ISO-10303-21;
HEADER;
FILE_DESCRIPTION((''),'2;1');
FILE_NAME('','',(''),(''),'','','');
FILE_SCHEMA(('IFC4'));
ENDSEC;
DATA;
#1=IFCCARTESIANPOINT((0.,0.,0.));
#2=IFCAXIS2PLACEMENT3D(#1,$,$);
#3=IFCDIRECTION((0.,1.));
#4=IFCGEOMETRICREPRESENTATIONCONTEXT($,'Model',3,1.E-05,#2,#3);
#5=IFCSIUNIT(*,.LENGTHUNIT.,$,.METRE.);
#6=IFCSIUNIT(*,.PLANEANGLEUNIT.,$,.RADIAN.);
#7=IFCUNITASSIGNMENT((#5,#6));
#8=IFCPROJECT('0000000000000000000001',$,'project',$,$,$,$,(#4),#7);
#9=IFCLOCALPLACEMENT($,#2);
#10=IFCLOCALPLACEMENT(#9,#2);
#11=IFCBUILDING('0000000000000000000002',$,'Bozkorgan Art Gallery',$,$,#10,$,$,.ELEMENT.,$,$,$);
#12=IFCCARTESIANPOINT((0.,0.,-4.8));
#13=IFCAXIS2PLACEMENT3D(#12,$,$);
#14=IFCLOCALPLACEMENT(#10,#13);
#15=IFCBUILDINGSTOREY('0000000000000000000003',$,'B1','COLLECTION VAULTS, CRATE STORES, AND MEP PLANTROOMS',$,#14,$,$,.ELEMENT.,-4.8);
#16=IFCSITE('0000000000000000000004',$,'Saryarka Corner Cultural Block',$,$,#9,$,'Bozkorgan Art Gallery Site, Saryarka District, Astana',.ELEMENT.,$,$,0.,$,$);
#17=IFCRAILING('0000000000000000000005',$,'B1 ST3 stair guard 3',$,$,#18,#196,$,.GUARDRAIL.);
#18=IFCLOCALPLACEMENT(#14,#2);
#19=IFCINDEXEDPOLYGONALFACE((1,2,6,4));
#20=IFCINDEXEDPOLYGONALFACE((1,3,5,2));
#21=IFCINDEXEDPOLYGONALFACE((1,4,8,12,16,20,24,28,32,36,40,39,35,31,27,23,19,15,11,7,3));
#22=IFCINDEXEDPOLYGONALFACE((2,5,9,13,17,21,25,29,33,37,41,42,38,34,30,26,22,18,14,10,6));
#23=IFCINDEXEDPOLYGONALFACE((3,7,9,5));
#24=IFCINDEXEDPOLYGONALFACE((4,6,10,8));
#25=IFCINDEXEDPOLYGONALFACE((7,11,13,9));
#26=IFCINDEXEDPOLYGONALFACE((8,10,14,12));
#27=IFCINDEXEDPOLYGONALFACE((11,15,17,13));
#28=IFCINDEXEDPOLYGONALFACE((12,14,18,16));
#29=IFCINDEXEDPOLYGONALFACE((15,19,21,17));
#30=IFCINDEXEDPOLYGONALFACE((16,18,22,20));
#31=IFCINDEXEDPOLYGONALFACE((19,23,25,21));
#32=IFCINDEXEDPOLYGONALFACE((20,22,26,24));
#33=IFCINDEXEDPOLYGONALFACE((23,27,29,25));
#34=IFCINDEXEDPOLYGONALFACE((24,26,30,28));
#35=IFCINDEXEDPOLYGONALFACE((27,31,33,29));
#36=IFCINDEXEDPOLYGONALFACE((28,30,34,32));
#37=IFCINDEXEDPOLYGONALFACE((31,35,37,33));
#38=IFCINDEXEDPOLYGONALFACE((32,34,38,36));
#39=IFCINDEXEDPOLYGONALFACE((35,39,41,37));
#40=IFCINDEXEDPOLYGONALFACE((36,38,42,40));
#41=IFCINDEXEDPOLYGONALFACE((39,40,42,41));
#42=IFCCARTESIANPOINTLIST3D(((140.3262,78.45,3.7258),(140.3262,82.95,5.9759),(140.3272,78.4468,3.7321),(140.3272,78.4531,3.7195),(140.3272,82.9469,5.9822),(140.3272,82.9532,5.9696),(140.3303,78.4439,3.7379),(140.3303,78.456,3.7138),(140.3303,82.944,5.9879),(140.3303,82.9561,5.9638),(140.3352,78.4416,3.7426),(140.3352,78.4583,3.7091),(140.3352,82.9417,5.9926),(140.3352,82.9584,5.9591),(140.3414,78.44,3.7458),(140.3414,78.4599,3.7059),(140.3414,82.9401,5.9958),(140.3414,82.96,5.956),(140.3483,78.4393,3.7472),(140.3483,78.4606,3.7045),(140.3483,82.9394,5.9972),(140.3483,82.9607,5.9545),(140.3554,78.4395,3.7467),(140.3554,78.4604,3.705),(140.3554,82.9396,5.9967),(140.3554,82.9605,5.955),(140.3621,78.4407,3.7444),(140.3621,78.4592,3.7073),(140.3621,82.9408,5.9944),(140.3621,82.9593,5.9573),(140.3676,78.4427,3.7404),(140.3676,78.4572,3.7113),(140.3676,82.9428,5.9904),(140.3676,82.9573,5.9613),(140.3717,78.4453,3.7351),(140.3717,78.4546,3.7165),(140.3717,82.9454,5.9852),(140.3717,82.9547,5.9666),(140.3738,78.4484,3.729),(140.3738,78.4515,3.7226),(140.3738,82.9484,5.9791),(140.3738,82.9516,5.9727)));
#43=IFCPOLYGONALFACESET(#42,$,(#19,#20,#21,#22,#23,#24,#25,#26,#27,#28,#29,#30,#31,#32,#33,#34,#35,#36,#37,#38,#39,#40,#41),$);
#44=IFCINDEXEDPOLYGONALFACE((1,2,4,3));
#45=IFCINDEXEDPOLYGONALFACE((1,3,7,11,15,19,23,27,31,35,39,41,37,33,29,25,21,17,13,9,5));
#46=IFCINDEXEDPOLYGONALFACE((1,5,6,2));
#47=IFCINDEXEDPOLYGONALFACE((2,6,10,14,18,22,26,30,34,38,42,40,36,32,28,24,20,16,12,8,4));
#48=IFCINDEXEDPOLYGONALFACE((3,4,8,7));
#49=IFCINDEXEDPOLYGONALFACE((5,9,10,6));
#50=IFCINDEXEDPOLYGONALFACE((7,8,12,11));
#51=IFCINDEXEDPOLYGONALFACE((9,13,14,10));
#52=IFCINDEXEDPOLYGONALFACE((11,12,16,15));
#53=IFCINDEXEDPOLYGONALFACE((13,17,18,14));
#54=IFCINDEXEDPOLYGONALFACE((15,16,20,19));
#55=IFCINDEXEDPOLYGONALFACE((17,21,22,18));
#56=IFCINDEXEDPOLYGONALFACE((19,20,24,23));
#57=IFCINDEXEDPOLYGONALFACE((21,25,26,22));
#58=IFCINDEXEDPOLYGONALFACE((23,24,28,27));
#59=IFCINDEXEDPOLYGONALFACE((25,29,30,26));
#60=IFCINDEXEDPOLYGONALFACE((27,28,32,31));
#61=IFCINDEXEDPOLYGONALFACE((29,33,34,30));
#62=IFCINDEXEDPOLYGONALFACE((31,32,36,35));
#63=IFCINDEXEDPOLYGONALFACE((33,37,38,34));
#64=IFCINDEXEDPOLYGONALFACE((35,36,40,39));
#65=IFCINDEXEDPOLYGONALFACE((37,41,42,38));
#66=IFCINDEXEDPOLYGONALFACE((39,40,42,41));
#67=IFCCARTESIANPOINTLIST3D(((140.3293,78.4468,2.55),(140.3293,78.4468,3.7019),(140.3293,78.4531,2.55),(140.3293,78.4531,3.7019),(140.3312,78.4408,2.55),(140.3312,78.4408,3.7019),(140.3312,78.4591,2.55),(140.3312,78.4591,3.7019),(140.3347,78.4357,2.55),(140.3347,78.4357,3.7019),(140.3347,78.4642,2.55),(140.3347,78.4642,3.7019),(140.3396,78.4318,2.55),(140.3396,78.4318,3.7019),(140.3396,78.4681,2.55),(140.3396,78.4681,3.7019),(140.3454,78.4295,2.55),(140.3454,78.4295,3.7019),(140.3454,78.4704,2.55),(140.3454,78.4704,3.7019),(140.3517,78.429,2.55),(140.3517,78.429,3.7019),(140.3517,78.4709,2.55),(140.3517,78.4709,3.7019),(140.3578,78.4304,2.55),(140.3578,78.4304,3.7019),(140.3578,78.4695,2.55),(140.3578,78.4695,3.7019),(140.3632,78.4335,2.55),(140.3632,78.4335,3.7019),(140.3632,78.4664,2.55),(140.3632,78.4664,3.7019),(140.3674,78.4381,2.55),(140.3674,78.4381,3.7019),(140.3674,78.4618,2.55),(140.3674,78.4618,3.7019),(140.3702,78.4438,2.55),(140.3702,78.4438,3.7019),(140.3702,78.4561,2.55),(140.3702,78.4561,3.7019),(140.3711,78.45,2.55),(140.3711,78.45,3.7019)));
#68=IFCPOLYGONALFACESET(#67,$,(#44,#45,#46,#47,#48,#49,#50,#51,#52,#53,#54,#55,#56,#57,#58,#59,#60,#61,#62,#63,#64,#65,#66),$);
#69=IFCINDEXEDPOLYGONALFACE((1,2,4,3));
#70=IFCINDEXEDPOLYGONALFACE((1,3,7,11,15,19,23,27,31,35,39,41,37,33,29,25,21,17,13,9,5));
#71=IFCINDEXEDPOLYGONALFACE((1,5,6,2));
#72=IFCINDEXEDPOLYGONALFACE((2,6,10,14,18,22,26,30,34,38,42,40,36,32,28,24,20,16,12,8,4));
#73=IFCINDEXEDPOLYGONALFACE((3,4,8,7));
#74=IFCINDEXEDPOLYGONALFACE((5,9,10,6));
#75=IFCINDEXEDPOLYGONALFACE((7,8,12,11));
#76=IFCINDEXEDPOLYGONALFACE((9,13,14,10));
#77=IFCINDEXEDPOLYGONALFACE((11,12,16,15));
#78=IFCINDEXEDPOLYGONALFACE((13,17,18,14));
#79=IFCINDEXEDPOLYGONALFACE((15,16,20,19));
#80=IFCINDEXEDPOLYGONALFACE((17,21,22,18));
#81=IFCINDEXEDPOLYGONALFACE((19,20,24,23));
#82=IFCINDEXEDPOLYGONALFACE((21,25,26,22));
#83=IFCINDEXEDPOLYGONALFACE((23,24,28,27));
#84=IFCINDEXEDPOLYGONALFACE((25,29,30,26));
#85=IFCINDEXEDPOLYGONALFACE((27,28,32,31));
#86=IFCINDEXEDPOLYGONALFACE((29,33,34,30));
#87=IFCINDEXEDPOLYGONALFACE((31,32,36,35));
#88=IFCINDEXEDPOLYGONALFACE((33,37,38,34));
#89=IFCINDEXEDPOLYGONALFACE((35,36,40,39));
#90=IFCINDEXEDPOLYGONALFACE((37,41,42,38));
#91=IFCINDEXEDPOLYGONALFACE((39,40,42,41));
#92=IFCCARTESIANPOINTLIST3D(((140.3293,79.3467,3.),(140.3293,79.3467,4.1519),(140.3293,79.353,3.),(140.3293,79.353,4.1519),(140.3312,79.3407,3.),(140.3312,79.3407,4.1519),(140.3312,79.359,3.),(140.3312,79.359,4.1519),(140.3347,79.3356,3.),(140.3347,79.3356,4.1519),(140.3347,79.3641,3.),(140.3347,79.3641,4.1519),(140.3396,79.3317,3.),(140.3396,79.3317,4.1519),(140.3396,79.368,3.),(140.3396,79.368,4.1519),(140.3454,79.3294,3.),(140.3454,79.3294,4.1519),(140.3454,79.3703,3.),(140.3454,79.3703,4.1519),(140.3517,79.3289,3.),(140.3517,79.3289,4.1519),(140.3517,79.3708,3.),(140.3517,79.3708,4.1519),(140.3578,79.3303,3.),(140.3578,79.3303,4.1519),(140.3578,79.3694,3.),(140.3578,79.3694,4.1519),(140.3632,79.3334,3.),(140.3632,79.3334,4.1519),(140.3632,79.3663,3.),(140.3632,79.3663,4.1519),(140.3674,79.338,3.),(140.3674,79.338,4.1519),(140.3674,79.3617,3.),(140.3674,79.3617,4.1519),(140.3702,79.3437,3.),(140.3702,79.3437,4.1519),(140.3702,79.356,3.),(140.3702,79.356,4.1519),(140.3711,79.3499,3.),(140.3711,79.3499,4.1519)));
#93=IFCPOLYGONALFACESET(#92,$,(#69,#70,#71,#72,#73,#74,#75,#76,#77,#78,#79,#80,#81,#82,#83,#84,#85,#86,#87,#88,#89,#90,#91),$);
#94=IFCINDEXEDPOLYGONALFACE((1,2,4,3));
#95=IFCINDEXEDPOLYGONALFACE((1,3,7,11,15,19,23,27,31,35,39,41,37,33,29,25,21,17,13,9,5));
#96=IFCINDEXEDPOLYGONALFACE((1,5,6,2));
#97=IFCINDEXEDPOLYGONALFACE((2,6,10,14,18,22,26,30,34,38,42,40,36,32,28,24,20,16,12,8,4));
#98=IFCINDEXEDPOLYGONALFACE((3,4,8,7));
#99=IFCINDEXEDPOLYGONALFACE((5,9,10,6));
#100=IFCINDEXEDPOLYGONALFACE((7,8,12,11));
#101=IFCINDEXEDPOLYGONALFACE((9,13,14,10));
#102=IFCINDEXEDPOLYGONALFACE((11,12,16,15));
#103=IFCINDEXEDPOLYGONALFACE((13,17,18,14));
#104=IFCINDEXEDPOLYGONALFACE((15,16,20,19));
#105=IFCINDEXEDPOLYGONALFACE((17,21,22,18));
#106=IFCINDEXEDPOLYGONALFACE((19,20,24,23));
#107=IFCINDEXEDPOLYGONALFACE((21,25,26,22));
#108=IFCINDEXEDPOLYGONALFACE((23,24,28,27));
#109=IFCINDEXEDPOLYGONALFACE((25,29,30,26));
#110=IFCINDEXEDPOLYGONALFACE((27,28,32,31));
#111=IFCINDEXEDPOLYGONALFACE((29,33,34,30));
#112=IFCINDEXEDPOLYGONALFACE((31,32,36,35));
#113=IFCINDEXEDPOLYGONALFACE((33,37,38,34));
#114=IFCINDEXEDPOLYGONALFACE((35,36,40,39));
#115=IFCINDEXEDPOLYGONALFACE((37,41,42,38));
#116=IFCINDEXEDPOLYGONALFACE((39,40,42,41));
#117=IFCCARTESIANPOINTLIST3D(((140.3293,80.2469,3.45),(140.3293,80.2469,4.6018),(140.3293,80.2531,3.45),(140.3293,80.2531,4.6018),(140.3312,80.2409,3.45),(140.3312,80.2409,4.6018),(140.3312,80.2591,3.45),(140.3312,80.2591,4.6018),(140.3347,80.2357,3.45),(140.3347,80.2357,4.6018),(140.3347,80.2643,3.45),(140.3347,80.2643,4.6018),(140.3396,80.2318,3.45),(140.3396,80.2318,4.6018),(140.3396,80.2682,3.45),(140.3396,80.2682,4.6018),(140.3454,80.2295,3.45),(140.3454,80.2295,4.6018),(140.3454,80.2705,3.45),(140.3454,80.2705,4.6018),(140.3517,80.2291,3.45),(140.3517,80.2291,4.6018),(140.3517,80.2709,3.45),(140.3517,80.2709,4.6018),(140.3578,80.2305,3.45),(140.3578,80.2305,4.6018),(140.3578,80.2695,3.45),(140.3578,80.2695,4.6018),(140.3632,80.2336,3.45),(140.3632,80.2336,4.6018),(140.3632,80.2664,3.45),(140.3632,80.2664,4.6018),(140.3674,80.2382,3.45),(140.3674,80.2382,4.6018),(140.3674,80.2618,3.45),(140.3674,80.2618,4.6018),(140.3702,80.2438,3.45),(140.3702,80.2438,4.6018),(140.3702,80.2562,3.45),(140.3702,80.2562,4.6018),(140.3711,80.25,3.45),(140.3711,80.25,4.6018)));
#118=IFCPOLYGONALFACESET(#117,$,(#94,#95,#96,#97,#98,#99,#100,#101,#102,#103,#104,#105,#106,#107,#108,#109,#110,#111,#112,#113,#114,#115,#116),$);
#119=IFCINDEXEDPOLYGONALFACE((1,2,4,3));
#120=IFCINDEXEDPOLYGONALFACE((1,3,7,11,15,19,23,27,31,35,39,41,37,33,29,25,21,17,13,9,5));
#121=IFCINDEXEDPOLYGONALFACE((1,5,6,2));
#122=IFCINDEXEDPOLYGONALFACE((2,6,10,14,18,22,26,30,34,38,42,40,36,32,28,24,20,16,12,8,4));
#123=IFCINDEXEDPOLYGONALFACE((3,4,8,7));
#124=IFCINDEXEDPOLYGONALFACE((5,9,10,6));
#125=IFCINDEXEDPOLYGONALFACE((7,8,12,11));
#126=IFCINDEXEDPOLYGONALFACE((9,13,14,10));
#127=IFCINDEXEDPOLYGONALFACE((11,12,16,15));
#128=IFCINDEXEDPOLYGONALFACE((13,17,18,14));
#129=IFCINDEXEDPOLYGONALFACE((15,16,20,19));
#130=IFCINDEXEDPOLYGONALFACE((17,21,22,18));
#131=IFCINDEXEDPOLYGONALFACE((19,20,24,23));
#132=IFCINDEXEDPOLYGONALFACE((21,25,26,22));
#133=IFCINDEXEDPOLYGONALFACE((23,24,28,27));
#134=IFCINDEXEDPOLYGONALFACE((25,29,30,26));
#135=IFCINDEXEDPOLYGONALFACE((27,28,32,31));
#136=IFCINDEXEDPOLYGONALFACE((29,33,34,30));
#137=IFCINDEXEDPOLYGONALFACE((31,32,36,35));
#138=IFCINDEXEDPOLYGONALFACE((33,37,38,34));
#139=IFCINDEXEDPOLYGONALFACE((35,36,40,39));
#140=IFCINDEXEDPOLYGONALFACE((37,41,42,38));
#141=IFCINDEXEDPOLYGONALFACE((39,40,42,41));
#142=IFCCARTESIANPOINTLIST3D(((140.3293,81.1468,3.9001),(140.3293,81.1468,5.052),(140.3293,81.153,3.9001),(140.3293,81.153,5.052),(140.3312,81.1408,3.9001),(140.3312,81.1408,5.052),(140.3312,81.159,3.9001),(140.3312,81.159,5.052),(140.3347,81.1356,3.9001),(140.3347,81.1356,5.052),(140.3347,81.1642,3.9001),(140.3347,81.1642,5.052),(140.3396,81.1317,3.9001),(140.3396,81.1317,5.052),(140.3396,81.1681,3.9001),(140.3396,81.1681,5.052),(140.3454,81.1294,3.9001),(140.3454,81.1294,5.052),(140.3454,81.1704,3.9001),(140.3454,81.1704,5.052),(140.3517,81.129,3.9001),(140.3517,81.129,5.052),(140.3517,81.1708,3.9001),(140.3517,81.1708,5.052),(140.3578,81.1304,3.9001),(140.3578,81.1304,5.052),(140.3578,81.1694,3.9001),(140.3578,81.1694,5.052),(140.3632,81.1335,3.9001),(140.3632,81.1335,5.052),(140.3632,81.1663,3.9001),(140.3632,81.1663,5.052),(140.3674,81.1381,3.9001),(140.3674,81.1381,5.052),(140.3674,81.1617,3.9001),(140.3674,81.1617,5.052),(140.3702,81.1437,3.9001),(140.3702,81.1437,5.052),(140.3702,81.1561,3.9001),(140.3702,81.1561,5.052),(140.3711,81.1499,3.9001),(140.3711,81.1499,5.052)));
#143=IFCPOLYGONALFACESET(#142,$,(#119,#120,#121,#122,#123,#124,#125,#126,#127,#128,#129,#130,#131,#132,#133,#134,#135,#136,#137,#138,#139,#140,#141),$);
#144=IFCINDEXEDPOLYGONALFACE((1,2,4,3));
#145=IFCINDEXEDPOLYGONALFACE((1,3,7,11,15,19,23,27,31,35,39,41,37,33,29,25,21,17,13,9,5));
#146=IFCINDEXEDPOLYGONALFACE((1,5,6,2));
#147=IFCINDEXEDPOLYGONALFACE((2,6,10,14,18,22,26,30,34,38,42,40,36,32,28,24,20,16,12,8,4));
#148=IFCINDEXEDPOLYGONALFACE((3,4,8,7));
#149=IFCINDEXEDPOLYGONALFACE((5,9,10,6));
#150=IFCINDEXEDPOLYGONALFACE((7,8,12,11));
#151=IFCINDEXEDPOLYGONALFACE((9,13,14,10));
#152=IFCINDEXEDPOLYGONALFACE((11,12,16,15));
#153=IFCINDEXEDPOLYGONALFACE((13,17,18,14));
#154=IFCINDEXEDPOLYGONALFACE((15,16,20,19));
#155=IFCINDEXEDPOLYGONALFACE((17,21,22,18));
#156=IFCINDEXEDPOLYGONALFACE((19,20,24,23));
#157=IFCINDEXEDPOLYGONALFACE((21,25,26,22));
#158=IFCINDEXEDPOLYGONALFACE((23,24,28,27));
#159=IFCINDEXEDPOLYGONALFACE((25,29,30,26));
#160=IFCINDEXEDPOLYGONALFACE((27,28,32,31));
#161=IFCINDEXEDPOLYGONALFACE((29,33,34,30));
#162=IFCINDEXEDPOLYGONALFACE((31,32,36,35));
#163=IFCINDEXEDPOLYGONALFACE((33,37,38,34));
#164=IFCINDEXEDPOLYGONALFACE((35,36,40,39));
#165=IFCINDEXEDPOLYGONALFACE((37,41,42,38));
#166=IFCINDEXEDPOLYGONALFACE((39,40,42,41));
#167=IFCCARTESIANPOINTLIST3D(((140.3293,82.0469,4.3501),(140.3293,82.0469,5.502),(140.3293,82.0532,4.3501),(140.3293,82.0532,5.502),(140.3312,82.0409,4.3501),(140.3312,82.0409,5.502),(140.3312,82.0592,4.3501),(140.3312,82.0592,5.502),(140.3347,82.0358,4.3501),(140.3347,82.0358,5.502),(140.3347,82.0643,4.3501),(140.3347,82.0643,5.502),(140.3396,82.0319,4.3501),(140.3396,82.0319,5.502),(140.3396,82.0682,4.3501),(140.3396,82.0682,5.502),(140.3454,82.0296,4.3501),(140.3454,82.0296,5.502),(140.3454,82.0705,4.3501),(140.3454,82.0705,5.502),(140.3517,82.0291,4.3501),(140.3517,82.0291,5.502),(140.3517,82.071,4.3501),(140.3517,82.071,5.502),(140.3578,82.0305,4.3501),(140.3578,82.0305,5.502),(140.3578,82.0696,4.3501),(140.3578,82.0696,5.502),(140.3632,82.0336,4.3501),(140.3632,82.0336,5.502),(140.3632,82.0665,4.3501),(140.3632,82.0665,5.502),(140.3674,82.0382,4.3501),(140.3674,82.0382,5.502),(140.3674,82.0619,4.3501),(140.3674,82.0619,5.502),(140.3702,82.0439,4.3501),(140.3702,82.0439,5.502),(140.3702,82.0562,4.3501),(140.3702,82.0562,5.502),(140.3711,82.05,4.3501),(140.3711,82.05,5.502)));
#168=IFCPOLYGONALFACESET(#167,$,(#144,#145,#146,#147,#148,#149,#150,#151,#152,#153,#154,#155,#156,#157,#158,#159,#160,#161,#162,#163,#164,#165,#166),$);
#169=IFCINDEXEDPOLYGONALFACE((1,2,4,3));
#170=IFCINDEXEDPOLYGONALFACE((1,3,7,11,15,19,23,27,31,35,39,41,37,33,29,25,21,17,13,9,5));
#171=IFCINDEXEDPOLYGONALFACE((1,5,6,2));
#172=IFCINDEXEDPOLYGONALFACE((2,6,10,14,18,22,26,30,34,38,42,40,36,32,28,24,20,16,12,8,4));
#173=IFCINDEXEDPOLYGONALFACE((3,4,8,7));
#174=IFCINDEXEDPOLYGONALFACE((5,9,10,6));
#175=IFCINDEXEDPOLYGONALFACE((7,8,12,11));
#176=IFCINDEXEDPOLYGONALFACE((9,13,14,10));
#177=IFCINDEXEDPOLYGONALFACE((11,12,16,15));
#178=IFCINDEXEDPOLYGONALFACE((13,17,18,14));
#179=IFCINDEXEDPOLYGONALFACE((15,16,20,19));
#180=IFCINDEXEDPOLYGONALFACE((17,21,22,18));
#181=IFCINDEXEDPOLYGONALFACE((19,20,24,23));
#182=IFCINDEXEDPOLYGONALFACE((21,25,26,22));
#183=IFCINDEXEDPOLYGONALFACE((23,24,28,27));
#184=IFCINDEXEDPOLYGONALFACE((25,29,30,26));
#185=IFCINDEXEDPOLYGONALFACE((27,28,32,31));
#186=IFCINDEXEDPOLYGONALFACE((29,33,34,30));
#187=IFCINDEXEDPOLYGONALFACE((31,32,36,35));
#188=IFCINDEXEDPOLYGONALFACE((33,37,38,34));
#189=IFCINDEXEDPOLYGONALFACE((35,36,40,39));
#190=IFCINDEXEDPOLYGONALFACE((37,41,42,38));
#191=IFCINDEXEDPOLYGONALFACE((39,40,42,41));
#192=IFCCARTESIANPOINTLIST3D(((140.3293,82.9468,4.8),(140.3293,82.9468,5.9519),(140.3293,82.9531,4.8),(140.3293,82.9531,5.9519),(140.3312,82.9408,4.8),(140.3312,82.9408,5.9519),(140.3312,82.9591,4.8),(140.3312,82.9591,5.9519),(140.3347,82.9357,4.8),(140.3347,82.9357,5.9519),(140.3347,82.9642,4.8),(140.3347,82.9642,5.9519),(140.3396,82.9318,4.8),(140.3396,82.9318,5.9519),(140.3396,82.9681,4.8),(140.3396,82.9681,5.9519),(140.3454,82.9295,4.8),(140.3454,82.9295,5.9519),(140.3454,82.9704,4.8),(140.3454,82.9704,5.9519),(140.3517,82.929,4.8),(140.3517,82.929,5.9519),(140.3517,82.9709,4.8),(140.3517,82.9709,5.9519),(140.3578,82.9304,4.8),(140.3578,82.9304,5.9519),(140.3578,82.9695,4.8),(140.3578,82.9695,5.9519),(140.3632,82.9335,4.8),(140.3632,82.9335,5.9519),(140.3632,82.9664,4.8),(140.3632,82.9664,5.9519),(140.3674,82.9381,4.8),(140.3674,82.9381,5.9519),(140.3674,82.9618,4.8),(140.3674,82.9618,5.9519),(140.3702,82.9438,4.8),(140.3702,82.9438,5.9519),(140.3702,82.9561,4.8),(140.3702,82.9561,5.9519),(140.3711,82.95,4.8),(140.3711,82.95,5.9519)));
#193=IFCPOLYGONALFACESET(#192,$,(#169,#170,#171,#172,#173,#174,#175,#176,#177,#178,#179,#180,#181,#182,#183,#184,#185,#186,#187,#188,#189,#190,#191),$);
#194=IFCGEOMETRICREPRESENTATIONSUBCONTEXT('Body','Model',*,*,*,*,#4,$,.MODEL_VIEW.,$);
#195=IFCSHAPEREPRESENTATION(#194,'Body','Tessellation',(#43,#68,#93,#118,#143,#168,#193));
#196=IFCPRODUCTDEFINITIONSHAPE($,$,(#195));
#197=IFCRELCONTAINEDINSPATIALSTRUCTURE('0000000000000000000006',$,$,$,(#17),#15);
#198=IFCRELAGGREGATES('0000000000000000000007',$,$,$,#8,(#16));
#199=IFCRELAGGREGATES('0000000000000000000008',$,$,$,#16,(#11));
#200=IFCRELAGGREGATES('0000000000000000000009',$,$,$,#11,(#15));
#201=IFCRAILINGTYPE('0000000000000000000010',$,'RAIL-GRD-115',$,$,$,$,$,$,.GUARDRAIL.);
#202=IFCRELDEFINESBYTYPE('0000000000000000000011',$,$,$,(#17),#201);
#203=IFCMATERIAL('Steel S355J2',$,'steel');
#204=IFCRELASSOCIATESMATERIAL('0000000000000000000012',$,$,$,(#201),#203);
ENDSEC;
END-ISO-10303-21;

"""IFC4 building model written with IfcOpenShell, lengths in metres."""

from ifc_helpers import new_model, si_unit, direction, frame, origin, origin_2d, place, context, subcontext, project, spatial, circle, extrude, material, type_object, element, save


model = new_model("IFC4")

# Units and contexts
model_context = context("Model", 3, precision=1e-05, world=origin(), true_north=direction((0.0, 1.0)))
body_context = subcontext(model_context, "Body", "Model", "MODEL_VIEW")
ifc_project = project(units=[si_unit("LENGTHUNIT", "METRE"), si_unit("PLANEANGLEUNIT", "RADIAN")], contexts=[model_context])

# Site, building, storey
site_placement = place(None, origin())
site = spatial("IfcSite", under=ifc_project, at=site_placement, Name="Saryarka Corner Cultural Block", LongName="Bozkorgan Art Gallery Site, Saryarka District, Astana", CompositionType="ELEMENT", RefElevation=0.0)
building_placement = place(site_placement, origin())
building = spatial("IfcBuilding", under=site, at=building_placement, Name="Bozkorgan Art Gallery", CompositionType="ELEMENT")
storey_placement = place(building_placement, frame((0.0, 0.0, -4.8)))
storey = spatial("IfcBuildingStorey", under=building, at=storey_placement, Name="B1", Description="COLLECTION VAULTS, CRATE STORES, AND MEP PLANTROOMS", CompositionType="ELEMENT", Elevation=-4.8)

# Shared definitions
ifc_material_1 = material(Name="Steel S355J2", Category="steel")

# Railing
railing_type_1 = type_object("IfcRailingType", Name="RAIL-GRD-115", PredefinedType="GUARDRAIL", material=ifc_material_1)
railing_1_placement = place(storey_placement, frame((140.3501, 78.45, 2.55)))
element("IfcRailing", 1, at=railing_1_placement, inside=storey, type_object=railing_type_1, Name="B1 ST3 stair guard 3", PredefinedType="GUARDRAIL", context=body_context, shape_type="SweptSolid", body=[
    extrude(circle(Radius=0.0239, at=origin_2d()), frame((0.0, 0.0, 1.1758), z_axis=(0.0, 0.894427, 0.447214), x_axis=(-1.0, 0.0, 0.0)), (0.0, 0.0, 1.0), 5.0312),
    extrude(circle(Radius=0.021, at=origin_2d()), origin(), (0.0, 0.0, 1.0), 1.1519),
    extrude(circle(Radius=0.021, at=origin_2d()), frame((0.0, 0.8999, 0.45)), (0.0, 0.0, 1.0), 1.1519),
    extrude(circle(Radius=0.021, at=origin_2d()), frame((0.0, 1.8, 0.8999)), (0.0, 0.0, 1.0), 1.1519),
    extrude(circle(Radius=0.021, at=origin_2d()), frame((0.0, 2.7, 1.3501)), (0.0, 0.0, 1.0), 1.1519),
    extrude(circle(Radius=0.021, at=origin_2d()), frame((0.0, 3.6001, 1.8)), (0.0, 0.0, 1.0), 1.1519),
    extrude(circle(Radius=0.021, at=origin_2d()), frame((0.0, 4.5, 2.25)), (0.0, 0.0, 1.0), 1.1519),
])

save(model, "model.ifc")
